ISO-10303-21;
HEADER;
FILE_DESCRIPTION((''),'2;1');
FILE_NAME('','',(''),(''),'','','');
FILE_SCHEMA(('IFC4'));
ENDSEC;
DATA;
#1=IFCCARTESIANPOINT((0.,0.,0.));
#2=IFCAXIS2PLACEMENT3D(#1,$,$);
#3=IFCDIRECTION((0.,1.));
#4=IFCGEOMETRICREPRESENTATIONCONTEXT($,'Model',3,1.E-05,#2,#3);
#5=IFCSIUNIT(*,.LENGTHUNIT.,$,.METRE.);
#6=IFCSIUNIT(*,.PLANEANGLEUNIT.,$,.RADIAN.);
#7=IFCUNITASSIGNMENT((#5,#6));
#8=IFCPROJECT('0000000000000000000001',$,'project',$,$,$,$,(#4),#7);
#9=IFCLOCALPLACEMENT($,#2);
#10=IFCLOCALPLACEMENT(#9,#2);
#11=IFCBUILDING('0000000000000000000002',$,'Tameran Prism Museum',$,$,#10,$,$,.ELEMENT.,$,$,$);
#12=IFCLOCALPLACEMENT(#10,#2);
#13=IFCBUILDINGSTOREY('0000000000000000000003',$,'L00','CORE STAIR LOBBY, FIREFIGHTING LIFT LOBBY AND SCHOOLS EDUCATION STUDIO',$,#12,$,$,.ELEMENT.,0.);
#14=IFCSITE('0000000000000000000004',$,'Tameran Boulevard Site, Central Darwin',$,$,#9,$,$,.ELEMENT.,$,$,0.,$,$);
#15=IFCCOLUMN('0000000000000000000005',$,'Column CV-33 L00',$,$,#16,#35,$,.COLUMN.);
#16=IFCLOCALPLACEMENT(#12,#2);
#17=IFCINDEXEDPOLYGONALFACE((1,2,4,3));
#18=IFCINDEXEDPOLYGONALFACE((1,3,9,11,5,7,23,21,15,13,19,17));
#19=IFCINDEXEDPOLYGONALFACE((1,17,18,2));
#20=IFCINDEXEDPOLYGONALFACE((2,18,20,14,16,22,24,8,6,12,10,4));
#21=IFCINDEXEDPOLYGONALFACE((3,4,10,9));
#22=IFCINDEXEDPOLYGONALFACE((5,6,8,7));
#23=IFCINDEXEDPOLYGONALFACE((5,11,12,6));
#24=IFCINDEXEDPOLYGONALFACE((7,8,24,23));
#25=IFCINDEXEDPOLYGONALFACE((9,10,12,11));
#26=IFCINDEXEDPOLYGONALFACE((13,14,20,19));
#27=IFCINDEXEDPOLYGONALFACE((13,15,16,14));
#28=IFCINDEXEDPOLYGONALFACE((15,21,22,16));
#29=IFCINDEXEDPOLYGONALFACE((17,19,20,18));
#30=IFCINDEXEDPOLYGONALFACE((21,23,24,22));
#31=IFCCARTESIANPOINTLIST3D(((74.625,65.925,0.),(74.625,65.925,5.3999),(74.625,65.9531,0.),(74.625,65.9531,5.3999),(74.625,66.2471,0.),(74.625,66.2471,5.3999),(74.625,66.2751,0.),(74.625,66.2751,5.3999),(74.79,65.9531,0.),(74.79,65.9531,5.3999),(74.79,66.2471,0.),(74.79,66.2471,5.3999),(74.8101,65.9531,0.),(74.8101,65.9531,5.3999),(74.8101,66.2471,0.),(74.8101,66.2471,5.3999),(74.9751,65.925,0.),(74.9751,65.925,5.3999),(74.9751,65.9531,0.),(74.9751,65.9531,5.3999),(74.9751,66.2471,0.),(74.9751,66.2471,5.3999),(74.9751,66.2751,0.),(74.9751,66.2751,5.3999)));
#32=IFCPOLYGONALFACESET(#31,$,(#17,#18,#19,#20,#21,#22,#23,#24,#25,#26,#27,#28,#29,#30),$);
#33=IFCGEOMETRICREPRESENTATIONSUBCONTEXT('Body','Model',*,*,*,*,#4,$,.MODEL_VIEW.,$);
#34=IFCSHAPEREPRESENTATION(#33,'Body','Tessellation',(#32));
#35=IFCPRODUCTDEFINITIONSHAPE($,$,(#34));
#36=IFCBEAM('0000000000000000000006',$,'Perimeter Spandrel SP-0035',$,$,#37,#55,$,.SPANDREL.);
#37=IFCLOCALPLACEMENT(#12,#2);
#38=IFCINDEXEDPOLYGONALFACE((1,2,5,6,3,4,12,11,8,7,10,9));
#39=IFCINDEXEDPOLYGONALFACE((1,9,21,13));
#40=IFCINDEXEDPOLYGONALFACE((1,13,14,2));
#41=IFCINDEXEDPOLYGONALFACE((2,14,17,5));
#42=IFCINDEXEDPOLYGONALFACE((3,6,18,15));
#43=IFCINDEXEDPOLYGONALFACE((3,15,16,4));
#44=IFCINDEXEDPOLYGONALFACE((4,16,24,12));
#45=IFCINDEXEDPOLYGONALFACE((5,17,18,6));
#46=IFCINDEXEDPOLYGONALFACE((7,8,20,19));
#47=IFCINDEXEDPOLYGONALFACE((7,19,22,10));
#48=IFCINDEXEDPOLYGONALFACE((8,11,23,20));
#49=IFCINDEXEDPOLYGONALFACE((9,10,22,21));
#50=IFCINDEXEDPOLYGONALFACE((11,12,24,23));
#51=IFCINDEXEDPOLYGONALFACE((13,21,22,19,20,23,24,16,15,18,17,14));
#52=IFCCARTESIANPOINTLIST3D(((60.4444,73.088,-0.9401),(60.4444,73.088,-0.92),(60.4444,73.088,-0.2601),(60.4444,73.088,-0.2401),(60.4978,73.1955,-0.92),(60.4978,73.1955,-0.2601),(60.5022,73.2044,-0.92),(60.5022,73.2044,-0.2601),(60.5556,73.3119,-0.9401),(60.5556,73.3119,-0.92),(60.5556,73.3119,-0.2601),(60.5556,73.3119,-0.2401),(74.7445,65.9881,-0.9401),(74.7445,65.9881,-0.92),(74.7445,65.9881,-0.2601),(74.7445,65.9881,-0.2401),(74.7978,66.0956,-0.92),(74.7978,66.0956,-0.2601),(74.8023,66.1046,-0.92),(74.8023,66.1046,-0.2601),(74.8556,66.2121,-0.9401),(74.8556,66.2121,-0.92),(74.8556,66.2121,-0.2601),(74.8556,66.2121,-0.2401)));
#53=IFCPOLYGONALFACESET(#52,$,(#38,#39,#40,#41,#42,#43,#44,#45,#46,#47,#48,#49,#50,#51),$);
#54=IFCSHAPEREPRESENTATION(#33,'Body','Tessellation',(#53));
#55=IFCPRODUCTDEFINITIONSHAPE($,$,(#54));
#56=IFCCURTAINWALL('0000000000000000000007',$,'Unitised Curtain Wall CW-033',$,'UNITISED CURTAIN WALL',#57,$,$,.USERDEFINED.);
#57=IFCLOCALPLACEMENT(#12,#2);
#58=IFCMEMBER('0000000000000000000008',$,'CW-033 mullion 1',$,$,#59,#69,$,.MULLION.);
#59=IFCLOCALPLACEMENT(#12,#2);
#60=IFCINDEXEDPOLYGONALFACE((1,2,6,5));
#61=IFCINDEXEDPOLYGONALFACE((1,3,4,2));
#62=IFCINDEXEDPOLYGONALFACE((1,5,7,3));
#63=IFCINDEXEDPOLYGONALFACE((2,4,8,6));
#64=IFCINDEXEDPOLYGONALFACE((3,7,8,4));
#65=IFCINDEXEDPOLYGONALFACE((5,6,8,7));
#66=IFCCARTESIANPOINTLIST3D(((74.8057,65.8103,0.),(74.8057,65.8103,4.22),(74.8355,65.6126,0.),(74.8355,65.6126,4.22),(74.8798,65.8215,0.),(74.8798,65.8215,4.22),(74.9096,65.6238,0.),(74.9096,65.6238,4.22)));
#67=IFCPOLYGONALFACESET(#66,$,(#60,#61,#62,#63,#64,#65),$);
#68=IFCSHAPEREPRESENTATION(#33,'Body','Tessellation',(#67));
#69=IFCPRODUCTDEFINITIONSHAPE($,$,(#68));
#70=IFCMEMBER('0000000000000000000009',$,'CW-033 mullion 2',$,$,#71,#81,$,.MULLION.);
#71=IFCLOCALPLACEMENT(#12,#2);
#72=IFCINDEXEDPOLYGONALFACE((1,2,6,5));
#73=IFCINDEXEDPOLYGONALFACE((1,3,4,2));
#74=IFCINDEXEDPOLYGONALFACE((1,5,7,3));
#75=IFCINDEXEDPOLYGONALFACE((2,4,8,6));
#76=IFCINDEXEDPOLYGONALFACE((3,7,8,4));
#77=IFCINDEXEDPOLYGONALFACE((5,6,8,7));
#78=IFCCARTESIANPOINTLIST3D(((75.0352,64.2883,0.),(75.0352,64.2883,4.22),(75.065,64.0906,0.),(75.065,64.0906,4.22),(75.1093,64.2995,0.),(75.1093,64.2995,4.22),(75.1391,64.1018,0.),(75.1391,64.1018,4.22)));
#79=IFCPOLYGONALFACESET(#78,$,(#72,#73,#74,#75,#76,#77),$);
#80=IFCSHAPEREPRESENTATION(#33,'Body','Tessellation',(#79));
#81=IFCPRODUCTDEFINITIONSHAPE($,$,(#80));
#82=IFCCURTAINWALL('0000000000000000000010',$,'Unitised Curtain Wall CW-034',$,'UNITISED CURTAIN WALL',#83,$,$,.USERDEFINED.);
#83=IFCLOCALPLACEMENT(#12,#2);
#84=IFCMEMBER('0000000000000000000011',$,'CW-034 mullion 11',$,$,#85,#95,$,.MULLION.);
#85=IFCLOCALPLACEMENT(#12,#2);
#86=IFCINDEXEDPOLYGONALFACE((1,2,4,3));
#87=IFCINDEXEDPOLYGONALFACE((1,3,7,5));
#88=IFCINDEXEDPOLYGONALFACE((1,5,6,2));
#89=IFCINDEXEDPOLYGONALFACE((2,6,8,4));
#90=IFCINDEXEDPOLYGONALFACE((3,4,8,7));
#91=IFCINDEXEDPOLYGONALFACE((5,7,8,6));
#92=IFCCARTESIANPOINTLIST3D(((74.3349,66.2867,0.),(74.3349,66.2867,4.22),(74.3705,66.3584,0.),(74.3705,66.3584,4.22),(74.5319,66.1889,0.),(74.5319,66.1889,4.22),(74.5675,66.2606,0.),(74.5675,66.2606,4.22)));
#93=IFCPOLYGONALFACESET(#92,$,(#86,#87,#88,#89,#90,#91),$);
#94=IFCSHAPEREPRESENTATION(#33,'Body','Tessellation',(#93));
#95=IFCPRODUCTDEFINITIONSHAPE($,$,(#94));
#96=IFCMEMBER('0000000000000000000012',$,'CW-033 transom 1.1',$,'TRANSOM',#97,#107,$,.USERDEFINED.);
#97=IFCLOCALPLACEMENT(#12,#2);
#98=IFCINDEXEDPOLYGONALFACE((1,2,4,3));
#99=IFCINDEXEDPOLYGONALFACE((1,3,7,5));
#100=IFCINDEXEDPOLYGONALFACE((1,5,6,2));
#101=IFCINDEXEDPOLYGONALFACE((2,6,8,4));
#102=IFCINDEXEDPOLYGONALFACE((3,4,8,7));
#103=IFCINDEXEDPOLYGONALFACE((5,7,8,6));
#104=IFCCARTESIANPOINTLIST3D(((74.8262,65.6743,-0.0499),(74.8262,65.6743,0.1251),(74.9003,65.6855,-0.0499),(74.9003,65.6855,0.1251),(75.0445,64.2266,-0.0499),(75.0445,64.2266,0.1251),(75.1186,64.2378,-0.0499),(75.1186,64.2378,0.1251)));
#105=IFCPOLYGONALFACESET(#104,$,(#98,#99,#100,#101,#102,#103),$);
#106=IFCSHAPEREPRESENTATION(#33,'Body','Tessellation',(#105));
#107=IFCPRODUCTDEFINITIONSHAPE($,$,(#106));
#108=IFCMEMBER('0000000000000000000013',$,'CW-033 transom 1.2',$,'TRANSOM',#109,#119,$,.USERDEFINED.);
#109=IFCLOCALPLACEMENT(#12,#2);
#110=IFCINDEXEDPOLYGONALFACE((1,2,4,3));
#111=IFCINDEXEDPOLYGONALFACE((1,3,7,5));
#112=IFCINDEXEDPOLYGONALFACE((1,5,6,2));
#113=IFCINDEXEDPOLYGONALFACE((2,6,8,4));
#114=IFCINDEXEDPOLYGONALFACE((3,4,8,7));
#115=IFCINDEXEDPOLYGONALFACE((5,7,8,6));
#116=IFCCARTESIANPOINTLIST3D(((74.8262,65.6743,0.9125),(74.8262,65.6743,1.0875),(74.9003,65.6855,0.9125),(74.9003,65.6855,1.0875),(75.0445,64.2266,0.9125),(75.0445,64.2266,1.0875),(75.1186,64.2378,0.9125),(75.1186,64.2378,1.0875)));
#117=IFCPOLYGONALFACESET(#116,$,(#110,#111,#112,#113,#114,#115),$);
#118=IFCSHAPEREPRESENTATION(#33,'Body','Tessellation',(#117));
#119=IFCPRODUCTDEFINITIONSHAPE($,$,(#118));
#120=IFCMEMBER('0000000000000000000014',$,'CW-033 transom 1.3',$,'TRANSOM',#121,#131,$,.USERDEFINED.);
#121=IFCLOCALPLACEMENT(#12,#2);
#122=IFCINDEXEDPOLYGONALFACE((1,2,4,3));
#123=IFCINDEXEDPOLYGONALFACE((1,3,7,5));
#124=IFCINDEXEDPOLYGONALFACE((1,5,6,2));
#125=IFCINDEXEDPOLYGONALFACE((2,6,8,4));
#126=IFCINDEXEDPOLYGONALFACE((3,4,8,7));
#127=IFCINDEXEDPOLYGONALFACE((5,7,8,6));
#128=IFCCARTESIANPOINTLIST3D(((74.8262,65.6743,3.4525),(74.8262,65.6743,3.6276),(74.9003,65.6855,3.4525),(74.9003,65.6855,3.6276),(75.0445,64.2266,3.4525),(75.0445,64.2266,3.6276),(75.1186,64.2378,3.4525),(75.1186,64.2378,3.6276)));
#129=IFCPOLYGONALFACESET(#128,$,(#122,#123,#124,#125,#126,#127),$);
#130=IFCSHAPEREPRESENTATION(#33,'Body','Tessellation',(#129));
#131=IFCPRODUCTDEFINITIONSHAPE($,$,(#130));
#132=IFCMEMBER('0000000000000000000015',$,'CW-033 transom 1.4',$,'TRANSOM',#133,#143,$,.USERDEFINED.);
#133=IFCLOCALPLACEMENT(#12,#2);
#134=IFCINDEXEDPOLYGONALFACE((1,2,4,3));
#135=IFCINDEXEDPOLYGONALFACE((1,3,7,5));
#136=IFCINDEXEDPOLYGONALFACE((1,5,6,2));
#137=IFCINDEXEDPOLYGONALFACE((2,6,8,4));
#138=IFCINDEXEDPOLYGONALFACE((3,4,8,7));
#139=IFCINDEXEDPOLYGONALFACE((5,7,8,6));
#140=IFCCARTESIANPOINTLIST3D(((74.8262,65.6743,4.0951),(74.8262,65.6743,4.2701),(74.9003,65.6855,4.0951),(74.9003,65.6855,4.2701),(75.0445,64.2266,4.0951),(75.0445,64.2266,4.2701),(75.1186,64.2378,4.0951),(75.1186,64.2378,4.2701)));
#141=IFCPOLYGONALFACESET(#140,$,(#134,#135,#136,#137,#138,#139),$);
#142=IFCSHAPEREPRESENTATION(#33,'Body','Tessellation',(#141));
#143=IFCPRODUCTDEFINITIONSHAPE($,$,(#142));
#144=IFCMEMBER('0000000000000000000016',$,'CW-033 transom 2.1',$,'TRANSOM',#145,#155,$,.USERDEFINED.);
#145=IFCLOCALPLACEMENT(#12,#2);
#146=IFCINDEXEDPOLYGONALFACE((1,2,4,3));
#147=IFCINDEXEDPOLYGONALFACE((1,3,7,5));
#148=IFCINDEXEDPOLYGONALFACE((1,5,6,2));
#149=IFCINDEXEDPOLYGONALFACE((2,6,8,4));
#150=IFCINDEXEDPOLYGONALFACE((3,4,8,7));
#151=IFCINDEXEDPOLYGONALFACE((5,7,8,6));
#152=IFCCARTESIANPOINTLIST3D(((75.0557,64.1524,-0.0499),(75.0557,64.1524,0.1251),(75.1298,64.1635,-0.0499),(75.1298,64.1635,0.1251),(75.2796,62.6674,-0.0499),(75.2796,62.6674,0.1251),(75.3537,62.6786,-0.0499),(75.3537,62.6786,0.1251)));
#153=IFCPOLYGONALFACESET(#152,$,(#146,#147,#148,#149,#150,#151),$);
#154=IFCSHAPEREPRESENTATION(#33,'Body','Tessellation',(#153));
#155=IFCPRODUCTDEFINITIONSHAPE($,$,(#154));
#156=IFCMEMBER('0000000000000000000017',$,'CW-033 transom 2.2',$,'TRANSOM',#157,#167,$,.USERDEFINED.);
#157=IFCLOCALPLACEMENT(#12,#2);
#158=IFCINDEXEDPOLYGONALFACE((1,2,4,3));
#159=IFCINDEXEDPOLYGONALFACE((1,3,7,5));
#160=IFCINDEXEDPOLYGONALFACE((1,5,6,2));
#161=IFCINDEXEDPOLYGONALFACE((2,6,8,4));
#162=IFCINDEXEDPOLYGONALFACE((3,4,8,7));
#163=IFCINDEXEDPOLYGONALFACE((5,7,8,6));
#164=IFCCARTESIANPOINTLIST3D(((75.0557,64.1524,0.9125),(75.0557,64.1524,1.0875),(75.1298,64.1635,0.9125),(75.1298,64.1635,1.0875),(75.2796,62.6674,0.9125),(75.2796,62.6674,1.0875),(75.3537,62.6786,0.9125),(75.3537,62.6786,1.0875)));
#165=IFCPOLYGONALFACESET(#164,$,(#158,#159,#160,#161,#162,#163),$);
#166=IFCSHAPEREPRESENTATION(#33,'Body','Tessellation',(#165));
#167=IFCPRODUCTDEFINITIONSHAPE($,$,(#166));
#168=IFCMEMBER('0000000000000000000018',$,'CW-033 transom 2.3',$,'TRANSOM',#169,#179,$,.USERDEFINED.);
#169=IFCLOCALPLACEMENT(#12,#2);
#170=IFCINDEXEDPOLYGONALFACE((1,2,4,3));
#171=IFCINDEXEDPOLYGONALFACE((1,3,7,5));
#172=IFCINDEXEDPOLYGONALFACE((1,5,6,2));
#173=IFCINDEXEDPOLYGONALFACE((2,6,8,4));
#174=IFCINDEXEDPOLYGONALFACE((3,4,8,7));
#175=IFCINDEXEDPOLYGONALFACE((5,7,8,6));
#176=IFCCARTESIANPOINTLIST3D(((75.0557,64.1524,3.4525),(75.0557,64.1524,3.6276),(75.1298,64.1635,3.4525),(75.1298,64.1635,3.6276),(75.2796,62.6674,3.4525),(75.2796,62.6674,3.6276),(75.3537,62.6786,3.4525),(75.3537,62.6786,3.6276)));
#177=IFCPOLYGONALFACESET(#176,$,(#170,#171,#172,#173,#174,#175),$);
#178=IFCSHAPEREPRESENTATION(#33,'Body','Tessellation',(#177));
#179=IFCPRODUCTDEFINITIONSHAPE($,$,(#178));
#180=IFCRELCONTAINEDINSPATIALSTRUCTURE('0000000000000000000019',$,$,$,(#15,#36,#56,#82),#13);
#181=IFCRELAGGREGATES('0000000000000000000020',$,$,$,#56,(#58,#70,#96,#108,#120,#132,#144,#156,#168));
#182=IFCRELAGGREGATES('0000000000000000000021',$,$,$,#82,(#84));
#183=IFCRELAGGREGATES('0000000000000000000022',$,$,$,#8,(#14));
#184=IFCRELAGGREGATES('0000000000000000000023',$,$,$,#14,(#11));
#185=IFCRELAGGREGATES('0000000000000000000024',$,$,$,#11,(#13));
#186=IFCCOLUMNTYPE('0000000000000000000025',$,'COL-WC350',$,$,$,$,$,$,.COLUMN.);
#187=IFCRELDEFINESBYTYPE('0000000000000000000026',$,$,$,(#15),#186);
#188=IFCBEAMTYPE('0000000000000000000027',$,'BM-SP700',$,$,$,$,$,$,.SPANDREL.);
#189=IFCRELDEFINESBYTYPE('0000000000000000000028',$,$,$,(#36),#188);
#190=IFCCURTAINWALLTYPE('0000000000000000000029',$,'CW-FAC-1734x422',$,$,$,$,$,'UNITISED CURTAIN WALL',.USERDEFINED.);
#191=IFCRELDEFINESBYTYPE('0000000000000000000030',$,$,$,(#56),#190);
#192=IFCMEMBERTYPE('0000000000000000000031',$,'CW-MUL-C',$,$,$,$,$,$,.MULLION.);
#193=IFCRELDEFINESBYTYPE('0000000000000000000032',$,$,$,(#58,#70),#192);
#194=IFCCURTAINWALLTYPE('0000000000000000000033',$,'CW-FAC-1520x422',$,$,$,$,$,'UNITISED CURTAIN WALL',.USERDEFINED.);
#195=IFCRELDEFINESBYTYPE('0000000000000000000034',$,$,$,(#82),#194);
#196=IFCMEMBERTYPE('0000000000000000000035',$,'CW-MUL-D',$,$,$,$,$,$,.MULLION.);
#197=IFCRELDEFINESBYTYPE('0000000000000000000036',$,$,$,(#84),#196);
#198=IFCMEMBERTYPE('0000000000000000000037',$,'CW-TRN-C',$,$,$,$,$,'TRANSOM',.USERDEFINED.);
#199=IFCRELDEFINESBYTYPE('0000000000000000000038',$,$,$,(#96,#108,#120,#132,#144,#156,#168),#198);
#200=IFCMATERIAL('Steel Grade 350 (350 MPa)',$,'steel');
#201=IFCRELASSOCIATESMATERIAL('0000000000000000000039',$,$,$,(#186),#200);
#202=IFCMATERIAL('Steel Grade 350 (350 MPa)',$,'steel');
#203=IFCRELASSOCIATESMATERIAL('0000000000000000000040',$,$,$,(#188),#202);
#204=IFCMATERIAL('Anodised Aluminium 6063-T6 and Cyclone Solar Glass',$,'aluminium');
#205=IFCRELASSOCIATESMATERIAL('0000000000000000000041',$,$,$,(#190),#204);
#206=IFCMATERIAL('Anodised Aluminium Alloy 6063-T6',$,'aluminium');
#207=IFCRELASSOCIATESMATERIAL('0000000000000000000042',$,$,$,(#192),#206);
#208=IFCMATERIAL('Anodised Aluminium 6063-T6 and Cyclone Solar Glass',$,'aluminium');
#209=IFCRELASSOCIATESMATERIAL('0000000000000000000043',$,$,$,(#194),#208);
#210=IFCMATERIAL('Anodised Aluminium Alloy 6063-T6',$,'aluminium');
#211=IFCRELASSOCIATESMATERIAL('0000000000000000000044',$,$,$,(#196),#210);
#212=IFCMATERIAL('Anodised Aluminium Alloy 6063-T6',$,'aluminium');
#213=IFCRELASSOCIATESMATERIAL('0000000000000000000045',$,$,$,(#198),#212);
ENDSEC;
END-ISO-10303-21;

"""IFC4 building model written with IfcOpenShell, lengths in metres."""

from ifc_helpers import new_model, si_unit, direction, frame, origin, origin_2d, place, context, subcontext, project, spatial, rectangle, i_section, extrude, material, material_profile, profile_set, type_object, element, aggregate, save


model = new_model("IFC4")

# Units and contexts
model_context = context("Model", 3, precision=1e-05, world=origin(), true_north=direction((0.0, 1.0)))
body_context = subcontext(model_context, "Body", "Model", "MODEL_VIEW")
ifc_project = project(units=[si_unit("LENGTHUNIT", "METRE"), si_unit("PLANEANGLEUNIT", "RADIAN")], contexts=[model_context])

# Site, building, storey
site_placement = place(None, origin())
site = spatial("IfcSite", under=ifc_project, at=site_placement, Name="Tameran Boulevard Site, Central Darwin", CompositionType="ELEMENT", RefElevation=0.0)
building_placement = place(site_placement, origin())
building = spatial("IfcBuilding", under=site, at=building_placement, Name="Tameran Prism Museum", CompositionType="ELEMENT")
storey_placement = place(building_placement, origin())
storey = spatial("IfcBuildingStorey", under=building, at=storey_placement, Name="L00", Description="CORE STAIR LOBBY, FIREFIGHTING LIFT LOBBY AND SCHOOLS EDUCATION STUDIO", CompositionType="ELEMENT", Elevation=0.0)

# Column
ifc_material_1 = material(Name="Steel Grade 350 (350 MPa)", Category="steel")
ifc_material_profile_1 = material_profile(ifc_material_1, i_section(OverallWidth=0.3501, OverallDepth=0.3501, WebThickness=0.02, FlangeThickness=0.0281, at=origin_2d()))
ifc_profile_set_1 = profile_set([ifc_material_profile_1])
column_type = type_object("IfcColumnType", Name="COL-WC350", PredefinedType="COLUMN", material=ifc_profile_set_1)
column_placement = place(storey_placement, frame((74.8, 66.1001, 0.0), z_axis=(0.0, 0.0, 1.0), x_axis=(1.0, 0.0, 0.0)))
element("IfcColumn", 1, at=column_placement, inside=storey, type_object=column_type, Name="Column CV-33 L00", PredefinedType="COLUMN", context=body_context, shape_type="SweptSolid", body=[
    extrude(i_section(OverallWidth=0.3501, OverallDepth=0.3501, WebThickness=0.02, FlangeThickness=0.0281, at=origin_2d()), origin(), (0.0, 0.0, 1.0), 5.3999),
])

# Beam
ifc_material_2 = material(Name="Steel Grade 350 (350 MPa)", Category="steel")
ifc_material_profile_2 = material_profile(ifc_material_2, i_section(OverallWidth=0.25, OverallDepth=0.7, WebThickness=0.01, FlangeThickness=0.02, at=origin_2d()))
ifc_profile_set_2 = profile_set([ifc_material_profile_2])
beam_type = type_object("IfcBeamType", Name="BM-SP700", PredefinedType="SPANDREL", material=ifc_profile_set_2)
beam_placement = place(storey_placement, frame((74.8, 66.1001, -0.5901), z_axis=(-0.895681, 0.444698, 0.0), x_axis=(-0.444698, -0.895681, 0.0)))
element("IfcBeam", 2, at=beam_placement, inside=storey, type_object=beam_type, Name="Perimeter Spandrel SP-0035", PredefinedType="SPANDREL", context=body_context, shape_type="SweptSolid", body=[
    extrude(i_section(OverallWidth=0.25, OverallDepth=0.7, WebThickness=0.01, FlangeThickness=0.02, at=origin_2d()), origin(), (0.0, 0.0, 1.0), 15.9656),
])

# Curtain wall, members
ifc_material_3 = material(Name="Anodised Aluminium 6063-T6 and Cyclone Solar Glass", Category="aluminium")
curtain_wall_type_1 = type_object("IfcCurtainWallType", Name="CW-FAC-1734x422", ElementType="UNITISED CURTAIN WALL", PredefinedType="USERDEFINED", material=ifc_material_3)
curtain_wall_1_placement = place(storey_placement, origin())
curtain_wall_1 = element("IfcCurtainWall", 3, at=curtain_wall_1_placement, inside=storey, type_object=curtain_wall_type_1, Name="Unitised Curtain Wall CW-033", ObjectType="UNITISED CURTAIN WALL", PredefinedType="USERDEFINED")
ifc_material_4 = material(Name="Anodised Aluminium Alloy 6063-T6", Category="aluminium")
ifc_material_profile_3 = material_profile(ifc_material_4, rectangle(XDim=0.075, YDim=0.2, at=origin_2d()))
ifc_profile_set_3 = profile_set([ifc_material_profile_3])
member_type_1 = type_object("IfcMemberType", Name="CW-MUL-C", PredefinedType="MULLION", material=ifc_profile_set_3)
member_1_placement = place(storey_placement, frame((74.8577, 65.717, 0.0), z_axis=(0.0, 0.0, 1.0), x_axis=(0.988812, 0.149167, 0.0)))
member_1 = element("IfcMember", 4, at=member_1_placement, type_object=member_type_1, Name="CW-033 mullion 1", PredefinedType="MULLION", context=body_context, shape_type="SweptSolid", body=[
    extrude(rectangle(XDim=0.075, YDim=0.2, at=origin_2d()), origin(), (0.0, 0.0, 1.0), 4.22),
])
member_2_placement = place(storey_placement, frame((75.0872, 64.1951, 0.0), z_axis=(0.0, 0.0, 1.0), x_axis=(0.988812, 0.149167, 0.0)))
member_2 = element("IfcMember", 5, at=member_2_placement, type_object=member_type_1, Name="CW-033 mullion 2", PredefinedType="MULLION", context=body_context, shape_type="SweptSolid", body=[
    extrude(rectangle(XDim=0.075, YDim=0.2, at=origin_2d()), origin(), (0.0, 0.0, 1.0), 4.22),
])

# Curtain wall, member
ifc_material_5 = material(Name="Anodised Aluminium 6063-T6 and Cyclone Solar Glass", Category="aluminium")
curtain_wall_type_2 = type_object("IfcCurtainWallType", Name="CW-FAC-1520x422", ElementType="UNITISED CURTAIN WALL", PredefinedType="USERDEFINED", material=ifc_material_5)
curtain_wall_2_placement = place(storey_placement, origin())
curtain_wall_2 = element("IfcCurtainWall", 6, at=curtain_wall_2_placement, inside=storey, type_object=curtain_wall_type_2, Name="Unitised Curtain Wall CW-034", ObjectType="UNITISED CURTAIN WALL", PredefinedType="USERDEFINED")
ifc_material_6 = material(Name="Anodised Aluminium Alloy 6063-T6", Category="aluminium")
ifc_material_profile_4 = material_profile(ifc_material_6, rectangle(XDim=0.0801, YDim=0.22, at=origin_2d()))
ifc_profile_set_4 = profile_set([ifc_material_profile_4])
member_type_2 = type_object("IfcMemberType", Name="CW-MUL-D", PredefinedType="MULLION", material=ifc_profile_set_4)
member_3_placement = place(storey_placement, frame((74.4512, 66.2737, 0.0), z_axis=(0.0, 0.0, 1.0), x_axis=(0.444634, 0.895712, 0.0)))
member_3 = element("IfcMember", 7, at=member_3_placement, type_object=member_type_2, Name="CW-034 mullion 11", PredefinedType="MULLION", context=body_context, shape_type="SweptSolid", body=[
    extrude(rectangle(XDim=0.0801, YDim=0.22, at=origin_2d()), origin(), (0.0, 0.0, 1.0), 4.22),
])

# Members
ifc_material_7 = material(Name="Anodised Aluminium Alloy 6063-T6", Category="aluminium")
ifc_material_profile_5 = material_profile(ifc_material_7, rectangle(XDim=0.075, YDim=0.175, at=origin_2d()))
ifc_profile_set_5 = profile_set([ifc_material_profile_5])
member_type_3 = type_object("IfcMemberType", Name="CW-TRN-C", ElementType="TRANSOM", PredefinedType="USERDEFINED", material=ifc_profile_set_5)
member_4_placement = place(storey_placement, frame((74.8633, 65.6799, 0.0376), z_axis=(0.149074, -0.988826, 0.0), x_axis=(0.988826, 0.149074, 0.0)))
member_4 = element("IfcMember", 8, at=member_4_placement, type_object=member_type_3, Name="CW-033 transom 1.1", ObjectType="TRANSOM", PredefinedType="USERDEFINED", context=body_context, shape_type="SweptSolid", body=[
    extrude(rectangle(XDim=0.075, YDim=0.175, at=origin_2d()), origin(), (0.0, 0.0, 1.0), 1.4641),
])
member_5_placement = place(storey_placement, frame((74.8633, 65.6799, 1.0), z_axis=(0.149074, -0.988826, 0.0), x_axis=(0.988826, 0.149074, 0.0)))
member_5 = element("IfcMember", 9, at=member_5_placement, type_object=member_type_3, Name="CW-033 transom 1.2", ObjectType="TRANSOM", PredefinedType="USERDEFINED", context=body_context, shape_type="SweptSolid", body=[
    extrude(rectangle(XDim=0.075, YDim=0.175, at=origin_2d()), origin(), (0.0, 0.0, 1.0), 1.4641),
])
member_6_placement = place(storey_placement, frame((74.8633, 65.6799, 3.54), z_axis=(0.149074, -0.988826, 0.0), x_axis=(0.988826, 0.149074, 0.0)))
member_6 = element("IfcMember", 10, at=member_6_placement, type_object=member_type_3, Name="CW-033 transom 1.3", ObjectType="TRANSOM", PredefinedType="USERDEFINED", context=body_context, shape_type="SweptSolid", body=[
    extrude(rectangle(XDim=0.075, YDim=0.175, at=origin_2d()), origin(), (0.0, 0.0, 1.0), 1.4641),
])
member_7_placement = place(storey_placement, frame((74.8633, 65.6799, 4.1826), z_axis=(0.149074, -0.988826, 0.0), x_axis=(0.988826, 0.149074, 0.0)))
member_7 = element("IfcMember", 11, at=member_7_placement, type_object=member_type_3, Name="CW-033 transom 1.4", ObjectType="TRANSOM", PredefinedType="USERDEFINED", context=body_context, shape_type="SweptSolid", body=[
    extrude(rectangle(XDim=0.075, YDim=0.175, at=origin_2d()), origin(), (0.0, 0.0, 1.0), 1.4641),
])
member_8_placement = place(storey_placement, frame((75.0928, 64.158, 0.0376), z_axis=(0.149088, -0.988824, 0.0), x_axis=(0.988824, 0.149088, 0.0)))
member_8 = element("IfcMember", 12, at=member_8_placement, type_object=member_type_3, Name="CW-033 transom 2.1", ObjectType="TRANSOM", PredefinedType="USERDEFINED", context=body_context, shape_type="SweptSolid", body=[
    extrude(rectangle(XDim=0.075, YDim=0.175, at=origin_2d()), origin(), (0.0, 0.0, 1.0), 1.5017),
])
member_9_placement = place(storey_placement, frame((75.0928, 64.158, 1.0), z_axis=(0.149088, -0.988824, 0.0), x_axis=(0.988824, 0.149088, 0.0)))
member_9 = element("IfcMember", 13, at=member_9_placement, type_object=member_type_3, Name="CW-033 transom 2.2", ObjectType="TRANSOM", PredefinedType="USERDEFINED", context=body_context, shape_type="SweptSolid", body=[
    extrude(rectangle(XDim=0.075, YDim=0.175, at=origin_2d()), origin(), (0.0, 0.0, 1.0), 1.5017),
])
member_10_placement = place(storey_placement, frame((75.0928, 64.158, 3.54), z_axis=(0.149088, -0.988824, 0.0), x_axis=(0.988824, 0.149088, 0.0)))
member_10 = element("IfcMember", 14, at=member_10_placement, type_object=member_type_3, Name="CW-033 transom 2.3", ObjectType="TRANSOM", PredefinedType="USERDEFINED", context=body_context, shape_type="SweptSolid", body=[
    extrude(rectangle(XDim=0.075, YDim=0.175, at=origin_2d()), origin(), (0.0, 0.0, 1.0), 1.5017),
])

aggregate(curtain_wall_1, [member_1, member_2, member_4, member_5, member_6, member_7, member_8, member_9, member_10])
aggregate(curtain_wall_2, [member_3])

save(model, "model.ifc")
